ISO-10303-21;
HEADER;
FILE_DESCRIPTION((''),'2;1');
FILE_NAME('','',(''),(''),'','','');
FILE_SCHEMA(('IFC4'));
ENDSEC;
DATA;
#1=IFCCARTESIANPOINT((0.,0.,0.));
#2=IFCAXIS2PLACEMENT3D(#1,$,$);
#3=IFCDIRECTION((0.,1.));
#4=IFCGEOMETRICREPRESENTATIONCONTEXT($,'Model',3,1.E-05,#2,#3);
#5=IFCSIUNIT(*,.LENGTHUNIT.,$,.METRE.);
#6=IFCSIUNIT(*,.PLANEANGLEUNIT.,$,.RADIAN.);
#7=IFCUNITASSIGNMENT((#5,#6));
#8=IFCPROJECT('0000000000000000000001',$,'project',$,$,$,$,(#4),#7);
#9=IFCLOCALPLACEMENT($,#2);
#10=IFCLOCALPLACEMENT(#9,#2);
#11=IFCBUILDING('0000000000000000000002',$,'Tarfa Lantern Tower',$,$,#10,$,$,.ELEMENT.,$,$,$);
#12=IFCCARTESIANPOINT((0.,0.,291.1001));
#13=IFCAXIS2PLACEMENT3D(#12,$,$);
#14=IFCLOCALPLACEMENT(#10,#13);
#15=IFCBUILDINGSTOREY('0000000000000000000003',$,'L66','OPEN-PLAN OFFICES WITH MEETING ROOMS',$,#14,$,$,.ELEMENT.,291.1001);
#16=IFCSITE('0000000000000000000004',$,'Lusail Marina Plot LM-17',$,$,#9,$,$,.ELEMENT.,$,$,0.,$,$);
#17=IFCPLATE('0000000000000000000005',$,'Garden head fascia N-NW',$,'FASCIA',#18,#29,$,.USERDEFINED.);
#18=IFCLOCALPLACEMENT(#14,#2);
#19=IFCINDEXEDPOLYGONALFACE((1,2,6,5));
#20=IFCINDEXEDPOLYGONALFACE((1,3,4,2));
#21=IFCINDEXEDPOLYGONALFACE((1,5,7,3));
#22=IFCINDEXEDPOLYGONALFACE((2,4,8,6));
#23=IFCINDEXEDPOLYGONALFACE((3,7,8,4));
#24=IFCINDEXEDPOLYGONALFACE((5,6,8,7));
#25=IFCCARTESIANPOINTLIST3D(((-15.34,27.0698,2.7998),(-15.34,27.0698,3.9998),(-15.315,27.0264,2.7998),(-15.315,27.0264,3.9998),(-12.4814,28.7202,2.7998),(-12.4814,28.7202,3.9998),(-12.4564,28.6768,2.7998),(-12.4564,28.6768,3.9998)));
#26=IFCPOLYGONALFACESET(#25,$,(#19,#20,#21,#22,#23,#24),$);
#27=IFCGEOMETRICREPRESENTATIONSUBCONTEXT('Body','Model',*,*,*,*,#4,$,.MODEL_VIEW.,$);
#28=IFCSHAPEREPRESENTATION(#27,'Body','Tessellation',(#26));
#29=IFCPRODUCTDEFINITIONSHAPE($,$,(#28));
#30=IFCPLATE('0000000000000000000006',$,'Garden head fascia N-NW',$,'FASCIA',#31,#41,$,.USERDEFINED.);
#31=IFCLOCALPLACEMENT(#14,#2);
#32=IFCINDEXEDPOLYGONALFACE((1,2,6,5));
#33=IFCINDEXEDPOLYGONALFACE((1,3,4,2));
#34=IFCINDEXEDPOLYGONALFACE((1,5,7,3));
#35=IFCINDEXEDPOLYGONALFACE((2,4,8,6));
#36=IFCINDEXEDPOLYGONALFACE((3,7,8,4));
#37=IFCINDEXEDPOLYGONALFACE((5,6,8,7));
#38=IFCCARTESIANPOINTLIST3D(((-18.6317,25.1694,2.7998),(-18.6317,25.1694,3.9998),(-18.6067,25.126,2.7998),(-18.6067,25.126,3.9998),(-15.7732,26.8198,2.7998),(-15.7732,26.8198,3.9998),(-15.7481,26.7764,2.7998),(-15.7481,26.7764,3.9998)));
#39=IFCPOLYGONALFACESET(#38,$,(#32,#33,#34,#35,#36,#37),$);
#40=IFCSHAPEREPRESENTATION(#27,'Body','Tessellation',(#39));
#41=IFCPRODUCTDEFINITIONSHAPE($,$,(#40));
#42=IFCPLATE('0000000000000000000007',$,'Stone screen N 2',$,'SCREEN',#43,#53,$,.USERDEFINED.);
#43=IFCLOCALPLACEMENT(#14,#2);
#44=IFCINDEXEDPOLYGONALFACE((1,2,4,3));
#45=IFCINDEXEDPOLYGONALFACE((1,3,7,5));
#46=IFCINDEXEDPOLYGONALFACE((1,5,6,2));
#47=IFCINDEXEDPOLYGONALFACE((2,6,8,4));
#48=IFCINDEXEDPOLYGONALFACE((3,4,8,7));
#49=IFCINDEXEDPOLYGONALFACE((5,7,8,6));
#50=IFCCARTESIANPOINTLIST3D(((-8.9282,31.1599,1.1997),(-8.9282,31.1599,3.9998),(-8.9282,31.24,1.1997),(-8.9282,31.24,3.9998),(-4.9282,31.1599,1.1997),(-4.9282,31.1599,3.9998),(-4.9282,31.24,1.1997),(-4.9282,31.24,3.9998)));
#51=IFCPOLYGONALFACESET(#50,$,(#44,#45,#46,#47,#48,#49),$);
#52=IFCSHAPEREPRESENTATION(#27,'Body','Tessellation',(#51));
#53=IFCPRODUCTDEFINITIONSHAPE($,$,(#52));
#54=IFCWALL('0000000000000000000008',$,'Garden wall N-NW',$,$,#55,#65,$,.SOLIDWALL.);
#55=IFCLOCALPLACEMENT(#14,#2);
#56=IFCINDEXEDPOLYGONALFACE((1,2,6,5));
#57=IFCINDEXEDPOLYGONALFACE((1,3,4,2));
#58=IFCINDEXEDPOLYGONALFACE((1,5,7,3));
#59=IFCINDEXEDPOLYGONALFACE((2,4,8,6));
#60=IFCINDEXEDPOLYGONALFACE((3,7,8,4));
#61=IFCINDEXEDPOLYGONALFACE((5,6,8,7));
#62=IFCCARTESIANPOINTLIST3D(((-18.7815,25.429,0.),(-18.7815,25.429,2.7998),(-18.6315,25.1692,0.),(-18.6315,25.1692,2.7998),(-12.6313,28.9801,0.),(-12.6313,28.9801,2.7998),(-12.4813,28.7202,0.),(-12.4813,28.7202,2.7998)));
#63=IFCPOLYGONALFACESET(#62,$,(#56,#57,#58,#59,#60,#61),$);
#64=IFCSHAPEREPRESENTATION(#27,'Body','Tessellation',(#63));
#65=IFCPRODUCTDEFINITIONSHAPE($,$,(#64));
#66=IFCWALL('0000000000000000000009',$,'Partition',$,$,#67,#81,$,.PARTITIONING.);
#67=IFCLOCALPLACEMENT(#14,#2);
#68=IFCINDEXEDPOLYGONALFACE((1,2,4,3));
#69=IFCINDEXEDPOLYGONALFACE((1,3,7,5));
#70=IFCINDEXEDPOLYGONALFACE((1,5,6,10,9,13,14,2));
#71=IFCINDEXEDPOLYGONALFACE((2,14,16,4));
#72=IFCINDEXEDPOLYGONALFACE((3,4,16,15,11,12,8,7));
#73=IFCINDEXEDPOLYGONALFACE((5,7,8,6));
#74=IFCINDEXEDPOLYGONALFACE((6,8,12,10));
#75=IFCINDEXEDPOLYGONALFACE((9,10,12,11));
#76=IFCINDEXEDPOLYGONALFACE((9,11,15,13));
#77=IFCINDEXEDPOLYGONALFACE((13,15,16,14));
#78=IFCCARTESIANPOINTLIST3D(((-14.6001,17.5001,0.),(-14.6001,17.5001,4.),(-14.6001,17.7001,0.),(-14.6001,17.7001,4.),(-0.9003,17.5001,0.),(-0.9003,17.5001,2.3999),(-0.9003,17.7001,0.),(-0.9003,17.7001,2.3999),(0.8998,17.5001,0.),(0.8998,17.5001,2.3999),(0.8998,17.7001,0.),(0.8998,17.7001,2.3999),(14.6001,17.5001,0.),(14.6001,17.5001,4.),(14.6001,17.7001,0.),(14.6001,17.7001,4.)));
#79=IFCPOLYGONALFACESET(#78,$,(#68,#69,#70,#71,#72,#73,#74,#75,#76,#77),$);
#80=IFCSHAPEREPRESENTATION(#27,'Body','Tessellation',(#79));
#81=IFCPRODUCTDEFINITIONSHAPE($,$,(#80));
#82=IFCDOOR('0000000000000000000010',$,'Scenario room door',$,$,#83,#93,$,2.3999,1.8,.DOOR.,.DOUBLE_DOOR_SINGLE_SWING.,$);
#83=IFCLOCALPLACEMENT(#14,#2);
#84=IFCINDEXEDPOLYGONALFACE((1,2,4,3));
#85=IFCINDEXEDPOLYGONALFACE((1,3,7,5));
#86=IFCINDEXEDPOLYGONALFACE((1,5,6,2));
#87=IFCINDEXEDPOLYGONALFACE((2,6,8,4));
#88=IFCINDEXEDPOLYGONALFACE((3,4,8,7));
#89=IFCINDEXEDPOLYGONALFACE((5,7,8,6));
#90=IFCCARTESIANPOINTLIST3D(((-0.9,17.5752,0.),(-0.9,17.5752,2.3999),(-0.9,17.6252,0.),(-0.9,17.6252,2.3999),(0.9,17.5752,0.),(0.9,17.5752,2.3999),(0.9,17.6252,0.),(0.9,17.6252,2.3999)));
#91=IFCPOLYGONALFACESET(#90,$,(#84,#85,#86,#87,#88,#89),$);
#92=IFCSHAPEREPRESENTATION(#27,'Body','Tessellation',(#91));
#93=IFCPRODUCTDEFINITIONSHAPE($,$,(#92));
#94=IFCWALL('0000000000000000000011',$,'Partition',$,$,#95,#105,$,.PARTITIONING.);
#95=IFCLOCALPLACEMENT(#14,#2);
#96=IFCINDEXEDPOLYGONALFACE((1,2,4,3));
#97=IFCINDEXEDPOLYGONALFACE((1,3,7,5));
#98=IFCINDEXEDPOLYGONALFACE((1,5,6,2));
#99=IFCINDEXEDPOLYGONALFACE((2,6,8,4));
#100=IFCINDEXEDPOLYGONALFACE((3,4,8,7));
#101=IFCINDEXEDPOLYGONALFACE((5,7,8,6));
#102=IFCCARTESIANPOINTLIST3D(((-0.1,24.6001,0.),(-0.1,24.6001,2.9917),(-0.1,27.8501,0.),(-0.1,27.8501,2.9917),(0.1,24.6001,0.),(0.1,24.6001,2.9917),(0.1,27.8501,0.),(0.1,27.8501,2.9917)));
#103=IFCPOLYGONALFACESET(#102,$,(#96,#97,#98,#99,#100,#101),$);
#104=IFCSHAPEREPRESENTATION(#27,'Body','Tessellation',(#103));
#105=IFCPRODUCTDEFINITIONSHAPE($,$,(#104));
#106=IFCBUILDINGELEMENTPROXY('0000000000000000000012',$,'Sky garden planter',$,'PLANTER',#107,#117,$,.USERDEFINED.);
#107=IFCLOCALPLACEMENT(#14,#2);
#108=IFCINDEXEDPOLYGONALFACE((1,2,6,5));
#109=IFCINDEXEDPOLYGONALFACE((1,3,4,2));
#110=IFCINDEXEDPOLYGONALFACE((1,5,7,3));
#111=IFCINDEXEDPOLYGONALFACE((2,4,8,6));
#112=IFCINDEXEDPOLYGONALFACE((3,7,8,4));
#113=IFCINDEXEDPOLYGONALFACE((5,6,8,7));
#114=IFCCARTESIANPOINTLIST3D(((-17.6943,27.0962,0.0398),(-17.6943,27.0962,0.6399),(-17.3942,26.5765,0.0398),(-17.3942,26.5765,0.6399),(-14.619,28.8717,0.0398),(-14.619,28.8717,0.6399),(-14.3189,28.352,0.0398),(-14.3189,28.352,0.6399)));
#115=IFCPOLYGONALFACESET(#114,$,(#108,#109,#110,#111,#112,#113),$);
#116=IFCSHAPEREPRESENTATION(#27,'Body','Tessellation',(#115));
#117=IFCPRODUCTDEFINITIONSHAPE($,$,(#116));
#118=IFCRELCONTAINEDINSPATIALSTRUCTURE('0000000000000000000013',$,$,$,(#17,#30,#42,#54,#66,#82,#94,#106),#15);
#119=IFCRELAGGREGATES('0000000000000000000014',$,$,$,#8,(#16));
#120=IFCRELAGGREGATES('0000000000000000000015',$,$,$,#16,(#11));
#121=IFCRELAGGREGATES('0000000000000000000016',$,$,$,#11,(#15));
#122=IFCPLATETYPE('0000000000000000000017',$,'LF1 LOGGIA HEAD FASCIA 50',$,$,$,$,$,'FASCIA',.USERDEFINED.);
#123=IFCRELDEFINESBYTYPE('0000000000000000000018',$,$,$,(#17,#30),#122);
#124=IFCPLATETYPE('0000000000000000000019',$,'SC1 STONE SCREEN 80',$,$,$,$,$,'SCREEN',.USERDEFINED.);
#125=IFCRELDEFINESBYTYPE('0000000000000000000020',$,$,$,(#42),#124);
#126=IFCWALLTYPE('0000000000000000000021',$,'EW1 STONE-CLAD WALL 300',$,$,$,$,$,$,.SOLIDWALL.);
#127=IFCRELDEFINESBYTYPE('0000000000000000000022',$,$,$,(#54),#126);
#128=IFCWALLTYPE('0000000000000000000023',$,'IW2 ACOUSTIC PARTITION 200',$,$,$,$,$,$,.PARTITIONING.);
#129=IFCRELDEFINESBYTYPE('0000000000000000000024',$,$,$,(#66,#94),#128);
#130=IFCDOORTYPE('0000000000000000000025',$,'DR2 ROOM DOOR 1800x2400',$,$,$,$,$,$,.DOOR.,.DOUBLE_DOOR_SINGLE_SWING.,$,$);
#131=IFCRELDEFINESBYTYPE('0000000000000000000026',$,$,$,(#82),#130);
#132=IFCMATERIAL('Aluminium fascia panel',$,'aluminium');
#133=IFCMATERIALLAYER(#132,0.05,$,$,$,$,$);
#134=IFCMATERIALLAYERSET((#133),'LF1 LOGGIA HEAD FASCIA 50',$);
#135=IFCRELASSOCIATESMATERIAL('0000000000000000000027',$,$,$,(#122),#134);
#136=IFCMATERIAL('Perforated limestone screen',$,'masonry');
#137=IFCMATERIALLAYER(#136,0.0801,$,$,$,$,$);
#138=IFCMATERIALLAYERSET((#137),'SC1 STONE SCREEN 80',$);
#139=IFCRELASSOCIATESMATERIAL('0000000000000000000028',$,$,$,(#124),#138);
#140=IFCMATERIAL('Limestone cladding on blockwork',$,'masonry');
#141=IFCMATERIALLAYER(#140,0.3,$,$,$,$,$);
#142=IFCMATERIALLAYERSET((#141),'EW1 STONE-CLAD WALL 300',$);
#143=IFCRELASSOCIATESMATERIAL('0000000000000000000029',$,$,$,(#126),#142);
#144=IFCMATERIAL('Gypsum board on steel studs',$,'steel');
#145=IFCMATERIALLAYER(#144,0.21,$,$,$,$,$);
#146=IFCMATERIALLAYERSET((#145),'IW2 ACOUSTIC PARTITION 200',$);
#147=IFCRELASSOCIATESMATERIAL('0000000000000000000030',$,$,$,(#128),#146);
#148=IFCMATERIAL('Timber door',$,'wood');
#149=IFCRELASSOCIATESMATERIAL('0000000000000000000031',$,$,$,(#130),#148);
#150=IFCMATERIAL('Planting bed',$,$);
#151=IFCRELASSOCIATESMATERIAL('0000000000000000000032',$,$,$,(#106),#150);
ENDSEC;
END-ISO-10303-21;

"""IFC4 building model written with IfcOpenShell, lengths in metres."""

from ifc_helpers import new_model, si_unit, direction, frame, frame_2d, origin, origin_2d, place, context, subcontext, project, spatial, rectangle, extrude, material, layer, layer_set, type_object, element, fill, save


model = new_model("IFC4")

# Units and contexts
model_context = context("Model", 3, precision=1e-05, world=origin(), true_north=direction((0.0, 1.0)))
body_context = subcontext(model_context, "Body", "Model", "MODEL_VIEW")
ifc_project = project(units=[si_unit("LENGTHUNIT", "METRE"), si_unit("PLANEANGLEUNIT", "RADIAN")], contexts=[model_context])

# Site, building, storey
site_placement = place(None, origin())
site = spatial("IfcSite", under=ifc_project, at=site_placement, Name="Lusail Marina Plot LM-17", CompositionType="ELEMENT", RefElevation=0.0)
building_placement = place(site_placement, origin())
building = spatial("IfcBuilding", under=site, at=building_placement, Name="Tarfa Lantern Tower", CompositionType="ELEMENT")
storey_placement = place(building_placement, frame((0.0, 0.0, 291.1001)))
storey = spatial("IfcBuildingStorey", under=building, at=storey_placement, Name="L66", Description="OPEN-PLAN OFFICES WITH MEETING ROOMS", CompositionType="ELEMENT", Elevation=291.1001)

# Plates
ifc_material_1 = material(Name="Aluminium fascia panel", Category="aluminium")
ifc_layer_1 = layer(ifc_material_1, 0.05)
ifc_layer_set_1 = layer_set([ifc_layer_1], Name="LF1 LOGGIA HEAD FASCIA 50")
plate_type_1 = type_object("IfcPlateType", Name="LF1 LOGGIA HEAD FASCIA 50", ElementType="FASCIA", PredefinedType="USERDEFINED", material=ifc_layer_set_1)
for number, where, z_axis, x_axis, name in (
    (1, (-13.8982, 27.8733, 2.7998), (0.0, 0.0, 1.0), (-0.866025, -0.5, 0.0), "Garden head fascia N-NW"),
    (2, (-17.1899, 25.9729, 2.7998), (0.0, 0.0, 1.0), (-0.866025, -0.5, 0.0), "Garden head fascia N-NW"),
):
    element("IfcPlate", number, at=place(storey_placement, frame(where, z_axis=z_axis, x_axis=x_axis)), inside=storey, type_object=plate_type_1, Name=name, ObjectType="FASCIA", PredefinedType="USERDEFINED", context=body_context, shape_type="SweptSolid", body=[
        extrude(rectangle(XDim=3.3008, YDim=0.05, at=origin_2d()), origin(), (0.0, 0.0, 1.0), 1.2),
    ])
ifc_material_2 = material(Name="Perforated limestone screen", Category="masonry")
ifc_layer_2 = layer(ifc_material_2, 0.0801)
ifc_layer_set_2 = layer_set([ifc_layer_2], Name="SC1 STONE SCREEN 80")
plate_type_2 = type_object("IfcPlateType", Name="SC1 STONE SCREEN 80", ElementType="SCREEN", PredefinedType="USERDEFINED", material=ifc_layer_set_2)
plate_placement = place(storey_placement, frame((-6.9282, 31.2, 1.1997), z_axis=(0.0, 0.0, 1.0), x_axis=(-1.0, 0.0, 0.0)))
element("IfcPlate", 3, at=plate_placement, inside=storey, type_object=plate_type_2, Name="Stone screen N 2", ObjectType="SCREEN", PredefinedType="USERDEFINED", context=body_context, shape_type="SweptSolid", body=[
    extrude(rectangle(XDim=4.0, YDim=0.0801, at=origin_2d()), origin(), (0.0, 0.0, 1.0), 2.8),
])

# Wall
ifc_material_3 = material(Name="Limestone cladding on blockwork", Category="masonry")
ifc_layer_3 = layer(ifc_material_3, 0.3)
ifc_layer_set_3 = layer_set([ifc_layer_3], Name="EW1 STONE-CLAD WALL 300")
wall_type_1 = type_object("IfcWallType", Name="EW1 STONE-CLAD WALL 300", PredefinedType="SOLIDWALL", material=ifc_layer_set_3)
wall_1_placement = place(storey_placement, frame((-12.5564, 28.8501, 0.0), z_axis=(0.0, 0.0, 1.0), x_axis=(-0.866011, -0.500025, 0.0)))
element("IfcWall", 4, at=wall_1_placement, inside=storey, type_object=wall_type_1, Name="Garden wall N-NW", PredefinedType="SOLIDWALL", context=body_context, shape_type="SweptSolid", body=[
    extrude(rectangle(XDim=7.1018, YDim=0.3, at=frame_2d((3.5508, 0.0))), origin(), (0.0, 0.0, 1.0), 2.7998),
])

# Wall, opening, door
ifc_material_4 = material(Name="Gypsum board on steel studs", Category="steel")
ifc_layer_4 = layer(ifc_material_4, 0.21)
ifc_layer_set_4 = layer_set([ifc_layer_4], Name="IW2 ACOUSTIC PARTITION 200")
wall_type_2 = type_object("IfcWallType", Name="IW2 ACOUSTIC PARTITION 200", PredefinedType="PARTITIONING", material=ifc_layer_set_4)
wall_2_placement = place(storey_placement, frame((-14.6001, 17.6001, 0.0), z_axis=(0.0, 0.0, 1.0), x_axis=(1.0, 0.0, 0.0)))
wall_2 = element("IfcWall", 5, at=wall_2_placement, inside=storey, type_object=wall_type_2, Name="Partition", PredefinedType="PARTITIONING", context=body_context, shape_type="SweptSolid", body=[
    extrude(rectangle(XDim=29.2002, YDim=0.2, at=frame_2d((14.6001, 0.0))), origin(), (0.0, 0.0, 1.0), 4.0),
])
opening_placement = place(wall_2_placement, frame((13.7, 0.0, 0.0)))
opening = element("IfcOpeningElement", 6, at=opening_placement, cuts=wall_2, PredefinedType="OPENING", context=body_context, shape_type="SweptSolid", body=[
    extrude(rectangle(XDim=1.8, YDim=2.3999, at=frame_2d((0.8999, 1.2))), frame((0.0, 0.1099, 0.0), z_axis=(0.0, -1.0, 0.0), x_axis=(1.0, 0.0, 0.0)), (0.0, 0.0, 1.0), 0.22),
])
ifc_material_5 = material(Name="Timber door", Category="wood")
door_type = type_object("IfcDoorType", Name="DR2 ROOM DOOR 1800x2400", OperationType="DOUBLE_DOOR_SINGLE_SWING", PredefinedType="DOOR", material=ifc_material_5)
door_placement = place(opening_placement, frame((1.8, 0.0, 0.0), z_axis=(0.0, 0.0, 1.0), x_axis=(-1.0, 0.0, 0.0)))
door = element("IfcDoor", 7, at=door_placement, inside=storey, type_object=door_type, Name="Scenario room door", OperationType="DOUBLE_DOOR_SINGLE_SWING", OverallHeight=2.3999, OverallWidth=1.8, PredefinedType="DOOR", context=body_context, shape_type="SweptSolid", body=[
    extrude(rectangle(XDim=1.8, YDim=2.3999, at=frame_2d((0.8999, 1.2))), frame((0.0, 0.0249, 0.0), z_axis=(0.0, -1.0, 0.0), x_axis=(1.0, 0.0, 0.0)), (0.0, 0.0, 1.0), 0.05),
])
fill(opening, door)

# Wall
wall_3_placement = place(storey_placement, frame((0.0, 24.6001, 0.0), z_axis=(0.0, 0.0, 1.0), x_axis=(0.0, 1.0, 0.0)))
element("IfcWall", 8, at=wall_3_placement, inside=storey, type_object=wall_type_2, Name="Partition", PredefinedType="PARTITIONING", context=body_context, shape_type="SweptSolid", body=[
    extrude(rectangle(XDim=3.25, YDim=0.2, at=frame_2d((1.625, 0.0))), origin(), (0.0, 0.0, 1.0), 2.9917),
])

# Building element proxy
ifc_material_6 = material(Name="Planting bed")
proxy_placement = place(storey_placement, frame((-16.0066, 27.7241, 0.0398), z_axis=(0.0, 0.0, 1.0), x_axis=(-0.866025, -0.5, 0.0)))
element("IfcBuildingElementProxy", 9, at=proxy_placement, inside=storey, material=ifc_material_6, Name="Sky garden planter", ObjectType="PLANTER", PredefinedType="USERDEFINED", context=body_context, shape_type="SweptSolid", body=[
    extrude(rectangle(XDim=3.551, YDim=0.6001, at=origin_2d()), origin(), (0.0, 0.0, 1.0), 0.6001),
])

save(model, "model.ifc")
